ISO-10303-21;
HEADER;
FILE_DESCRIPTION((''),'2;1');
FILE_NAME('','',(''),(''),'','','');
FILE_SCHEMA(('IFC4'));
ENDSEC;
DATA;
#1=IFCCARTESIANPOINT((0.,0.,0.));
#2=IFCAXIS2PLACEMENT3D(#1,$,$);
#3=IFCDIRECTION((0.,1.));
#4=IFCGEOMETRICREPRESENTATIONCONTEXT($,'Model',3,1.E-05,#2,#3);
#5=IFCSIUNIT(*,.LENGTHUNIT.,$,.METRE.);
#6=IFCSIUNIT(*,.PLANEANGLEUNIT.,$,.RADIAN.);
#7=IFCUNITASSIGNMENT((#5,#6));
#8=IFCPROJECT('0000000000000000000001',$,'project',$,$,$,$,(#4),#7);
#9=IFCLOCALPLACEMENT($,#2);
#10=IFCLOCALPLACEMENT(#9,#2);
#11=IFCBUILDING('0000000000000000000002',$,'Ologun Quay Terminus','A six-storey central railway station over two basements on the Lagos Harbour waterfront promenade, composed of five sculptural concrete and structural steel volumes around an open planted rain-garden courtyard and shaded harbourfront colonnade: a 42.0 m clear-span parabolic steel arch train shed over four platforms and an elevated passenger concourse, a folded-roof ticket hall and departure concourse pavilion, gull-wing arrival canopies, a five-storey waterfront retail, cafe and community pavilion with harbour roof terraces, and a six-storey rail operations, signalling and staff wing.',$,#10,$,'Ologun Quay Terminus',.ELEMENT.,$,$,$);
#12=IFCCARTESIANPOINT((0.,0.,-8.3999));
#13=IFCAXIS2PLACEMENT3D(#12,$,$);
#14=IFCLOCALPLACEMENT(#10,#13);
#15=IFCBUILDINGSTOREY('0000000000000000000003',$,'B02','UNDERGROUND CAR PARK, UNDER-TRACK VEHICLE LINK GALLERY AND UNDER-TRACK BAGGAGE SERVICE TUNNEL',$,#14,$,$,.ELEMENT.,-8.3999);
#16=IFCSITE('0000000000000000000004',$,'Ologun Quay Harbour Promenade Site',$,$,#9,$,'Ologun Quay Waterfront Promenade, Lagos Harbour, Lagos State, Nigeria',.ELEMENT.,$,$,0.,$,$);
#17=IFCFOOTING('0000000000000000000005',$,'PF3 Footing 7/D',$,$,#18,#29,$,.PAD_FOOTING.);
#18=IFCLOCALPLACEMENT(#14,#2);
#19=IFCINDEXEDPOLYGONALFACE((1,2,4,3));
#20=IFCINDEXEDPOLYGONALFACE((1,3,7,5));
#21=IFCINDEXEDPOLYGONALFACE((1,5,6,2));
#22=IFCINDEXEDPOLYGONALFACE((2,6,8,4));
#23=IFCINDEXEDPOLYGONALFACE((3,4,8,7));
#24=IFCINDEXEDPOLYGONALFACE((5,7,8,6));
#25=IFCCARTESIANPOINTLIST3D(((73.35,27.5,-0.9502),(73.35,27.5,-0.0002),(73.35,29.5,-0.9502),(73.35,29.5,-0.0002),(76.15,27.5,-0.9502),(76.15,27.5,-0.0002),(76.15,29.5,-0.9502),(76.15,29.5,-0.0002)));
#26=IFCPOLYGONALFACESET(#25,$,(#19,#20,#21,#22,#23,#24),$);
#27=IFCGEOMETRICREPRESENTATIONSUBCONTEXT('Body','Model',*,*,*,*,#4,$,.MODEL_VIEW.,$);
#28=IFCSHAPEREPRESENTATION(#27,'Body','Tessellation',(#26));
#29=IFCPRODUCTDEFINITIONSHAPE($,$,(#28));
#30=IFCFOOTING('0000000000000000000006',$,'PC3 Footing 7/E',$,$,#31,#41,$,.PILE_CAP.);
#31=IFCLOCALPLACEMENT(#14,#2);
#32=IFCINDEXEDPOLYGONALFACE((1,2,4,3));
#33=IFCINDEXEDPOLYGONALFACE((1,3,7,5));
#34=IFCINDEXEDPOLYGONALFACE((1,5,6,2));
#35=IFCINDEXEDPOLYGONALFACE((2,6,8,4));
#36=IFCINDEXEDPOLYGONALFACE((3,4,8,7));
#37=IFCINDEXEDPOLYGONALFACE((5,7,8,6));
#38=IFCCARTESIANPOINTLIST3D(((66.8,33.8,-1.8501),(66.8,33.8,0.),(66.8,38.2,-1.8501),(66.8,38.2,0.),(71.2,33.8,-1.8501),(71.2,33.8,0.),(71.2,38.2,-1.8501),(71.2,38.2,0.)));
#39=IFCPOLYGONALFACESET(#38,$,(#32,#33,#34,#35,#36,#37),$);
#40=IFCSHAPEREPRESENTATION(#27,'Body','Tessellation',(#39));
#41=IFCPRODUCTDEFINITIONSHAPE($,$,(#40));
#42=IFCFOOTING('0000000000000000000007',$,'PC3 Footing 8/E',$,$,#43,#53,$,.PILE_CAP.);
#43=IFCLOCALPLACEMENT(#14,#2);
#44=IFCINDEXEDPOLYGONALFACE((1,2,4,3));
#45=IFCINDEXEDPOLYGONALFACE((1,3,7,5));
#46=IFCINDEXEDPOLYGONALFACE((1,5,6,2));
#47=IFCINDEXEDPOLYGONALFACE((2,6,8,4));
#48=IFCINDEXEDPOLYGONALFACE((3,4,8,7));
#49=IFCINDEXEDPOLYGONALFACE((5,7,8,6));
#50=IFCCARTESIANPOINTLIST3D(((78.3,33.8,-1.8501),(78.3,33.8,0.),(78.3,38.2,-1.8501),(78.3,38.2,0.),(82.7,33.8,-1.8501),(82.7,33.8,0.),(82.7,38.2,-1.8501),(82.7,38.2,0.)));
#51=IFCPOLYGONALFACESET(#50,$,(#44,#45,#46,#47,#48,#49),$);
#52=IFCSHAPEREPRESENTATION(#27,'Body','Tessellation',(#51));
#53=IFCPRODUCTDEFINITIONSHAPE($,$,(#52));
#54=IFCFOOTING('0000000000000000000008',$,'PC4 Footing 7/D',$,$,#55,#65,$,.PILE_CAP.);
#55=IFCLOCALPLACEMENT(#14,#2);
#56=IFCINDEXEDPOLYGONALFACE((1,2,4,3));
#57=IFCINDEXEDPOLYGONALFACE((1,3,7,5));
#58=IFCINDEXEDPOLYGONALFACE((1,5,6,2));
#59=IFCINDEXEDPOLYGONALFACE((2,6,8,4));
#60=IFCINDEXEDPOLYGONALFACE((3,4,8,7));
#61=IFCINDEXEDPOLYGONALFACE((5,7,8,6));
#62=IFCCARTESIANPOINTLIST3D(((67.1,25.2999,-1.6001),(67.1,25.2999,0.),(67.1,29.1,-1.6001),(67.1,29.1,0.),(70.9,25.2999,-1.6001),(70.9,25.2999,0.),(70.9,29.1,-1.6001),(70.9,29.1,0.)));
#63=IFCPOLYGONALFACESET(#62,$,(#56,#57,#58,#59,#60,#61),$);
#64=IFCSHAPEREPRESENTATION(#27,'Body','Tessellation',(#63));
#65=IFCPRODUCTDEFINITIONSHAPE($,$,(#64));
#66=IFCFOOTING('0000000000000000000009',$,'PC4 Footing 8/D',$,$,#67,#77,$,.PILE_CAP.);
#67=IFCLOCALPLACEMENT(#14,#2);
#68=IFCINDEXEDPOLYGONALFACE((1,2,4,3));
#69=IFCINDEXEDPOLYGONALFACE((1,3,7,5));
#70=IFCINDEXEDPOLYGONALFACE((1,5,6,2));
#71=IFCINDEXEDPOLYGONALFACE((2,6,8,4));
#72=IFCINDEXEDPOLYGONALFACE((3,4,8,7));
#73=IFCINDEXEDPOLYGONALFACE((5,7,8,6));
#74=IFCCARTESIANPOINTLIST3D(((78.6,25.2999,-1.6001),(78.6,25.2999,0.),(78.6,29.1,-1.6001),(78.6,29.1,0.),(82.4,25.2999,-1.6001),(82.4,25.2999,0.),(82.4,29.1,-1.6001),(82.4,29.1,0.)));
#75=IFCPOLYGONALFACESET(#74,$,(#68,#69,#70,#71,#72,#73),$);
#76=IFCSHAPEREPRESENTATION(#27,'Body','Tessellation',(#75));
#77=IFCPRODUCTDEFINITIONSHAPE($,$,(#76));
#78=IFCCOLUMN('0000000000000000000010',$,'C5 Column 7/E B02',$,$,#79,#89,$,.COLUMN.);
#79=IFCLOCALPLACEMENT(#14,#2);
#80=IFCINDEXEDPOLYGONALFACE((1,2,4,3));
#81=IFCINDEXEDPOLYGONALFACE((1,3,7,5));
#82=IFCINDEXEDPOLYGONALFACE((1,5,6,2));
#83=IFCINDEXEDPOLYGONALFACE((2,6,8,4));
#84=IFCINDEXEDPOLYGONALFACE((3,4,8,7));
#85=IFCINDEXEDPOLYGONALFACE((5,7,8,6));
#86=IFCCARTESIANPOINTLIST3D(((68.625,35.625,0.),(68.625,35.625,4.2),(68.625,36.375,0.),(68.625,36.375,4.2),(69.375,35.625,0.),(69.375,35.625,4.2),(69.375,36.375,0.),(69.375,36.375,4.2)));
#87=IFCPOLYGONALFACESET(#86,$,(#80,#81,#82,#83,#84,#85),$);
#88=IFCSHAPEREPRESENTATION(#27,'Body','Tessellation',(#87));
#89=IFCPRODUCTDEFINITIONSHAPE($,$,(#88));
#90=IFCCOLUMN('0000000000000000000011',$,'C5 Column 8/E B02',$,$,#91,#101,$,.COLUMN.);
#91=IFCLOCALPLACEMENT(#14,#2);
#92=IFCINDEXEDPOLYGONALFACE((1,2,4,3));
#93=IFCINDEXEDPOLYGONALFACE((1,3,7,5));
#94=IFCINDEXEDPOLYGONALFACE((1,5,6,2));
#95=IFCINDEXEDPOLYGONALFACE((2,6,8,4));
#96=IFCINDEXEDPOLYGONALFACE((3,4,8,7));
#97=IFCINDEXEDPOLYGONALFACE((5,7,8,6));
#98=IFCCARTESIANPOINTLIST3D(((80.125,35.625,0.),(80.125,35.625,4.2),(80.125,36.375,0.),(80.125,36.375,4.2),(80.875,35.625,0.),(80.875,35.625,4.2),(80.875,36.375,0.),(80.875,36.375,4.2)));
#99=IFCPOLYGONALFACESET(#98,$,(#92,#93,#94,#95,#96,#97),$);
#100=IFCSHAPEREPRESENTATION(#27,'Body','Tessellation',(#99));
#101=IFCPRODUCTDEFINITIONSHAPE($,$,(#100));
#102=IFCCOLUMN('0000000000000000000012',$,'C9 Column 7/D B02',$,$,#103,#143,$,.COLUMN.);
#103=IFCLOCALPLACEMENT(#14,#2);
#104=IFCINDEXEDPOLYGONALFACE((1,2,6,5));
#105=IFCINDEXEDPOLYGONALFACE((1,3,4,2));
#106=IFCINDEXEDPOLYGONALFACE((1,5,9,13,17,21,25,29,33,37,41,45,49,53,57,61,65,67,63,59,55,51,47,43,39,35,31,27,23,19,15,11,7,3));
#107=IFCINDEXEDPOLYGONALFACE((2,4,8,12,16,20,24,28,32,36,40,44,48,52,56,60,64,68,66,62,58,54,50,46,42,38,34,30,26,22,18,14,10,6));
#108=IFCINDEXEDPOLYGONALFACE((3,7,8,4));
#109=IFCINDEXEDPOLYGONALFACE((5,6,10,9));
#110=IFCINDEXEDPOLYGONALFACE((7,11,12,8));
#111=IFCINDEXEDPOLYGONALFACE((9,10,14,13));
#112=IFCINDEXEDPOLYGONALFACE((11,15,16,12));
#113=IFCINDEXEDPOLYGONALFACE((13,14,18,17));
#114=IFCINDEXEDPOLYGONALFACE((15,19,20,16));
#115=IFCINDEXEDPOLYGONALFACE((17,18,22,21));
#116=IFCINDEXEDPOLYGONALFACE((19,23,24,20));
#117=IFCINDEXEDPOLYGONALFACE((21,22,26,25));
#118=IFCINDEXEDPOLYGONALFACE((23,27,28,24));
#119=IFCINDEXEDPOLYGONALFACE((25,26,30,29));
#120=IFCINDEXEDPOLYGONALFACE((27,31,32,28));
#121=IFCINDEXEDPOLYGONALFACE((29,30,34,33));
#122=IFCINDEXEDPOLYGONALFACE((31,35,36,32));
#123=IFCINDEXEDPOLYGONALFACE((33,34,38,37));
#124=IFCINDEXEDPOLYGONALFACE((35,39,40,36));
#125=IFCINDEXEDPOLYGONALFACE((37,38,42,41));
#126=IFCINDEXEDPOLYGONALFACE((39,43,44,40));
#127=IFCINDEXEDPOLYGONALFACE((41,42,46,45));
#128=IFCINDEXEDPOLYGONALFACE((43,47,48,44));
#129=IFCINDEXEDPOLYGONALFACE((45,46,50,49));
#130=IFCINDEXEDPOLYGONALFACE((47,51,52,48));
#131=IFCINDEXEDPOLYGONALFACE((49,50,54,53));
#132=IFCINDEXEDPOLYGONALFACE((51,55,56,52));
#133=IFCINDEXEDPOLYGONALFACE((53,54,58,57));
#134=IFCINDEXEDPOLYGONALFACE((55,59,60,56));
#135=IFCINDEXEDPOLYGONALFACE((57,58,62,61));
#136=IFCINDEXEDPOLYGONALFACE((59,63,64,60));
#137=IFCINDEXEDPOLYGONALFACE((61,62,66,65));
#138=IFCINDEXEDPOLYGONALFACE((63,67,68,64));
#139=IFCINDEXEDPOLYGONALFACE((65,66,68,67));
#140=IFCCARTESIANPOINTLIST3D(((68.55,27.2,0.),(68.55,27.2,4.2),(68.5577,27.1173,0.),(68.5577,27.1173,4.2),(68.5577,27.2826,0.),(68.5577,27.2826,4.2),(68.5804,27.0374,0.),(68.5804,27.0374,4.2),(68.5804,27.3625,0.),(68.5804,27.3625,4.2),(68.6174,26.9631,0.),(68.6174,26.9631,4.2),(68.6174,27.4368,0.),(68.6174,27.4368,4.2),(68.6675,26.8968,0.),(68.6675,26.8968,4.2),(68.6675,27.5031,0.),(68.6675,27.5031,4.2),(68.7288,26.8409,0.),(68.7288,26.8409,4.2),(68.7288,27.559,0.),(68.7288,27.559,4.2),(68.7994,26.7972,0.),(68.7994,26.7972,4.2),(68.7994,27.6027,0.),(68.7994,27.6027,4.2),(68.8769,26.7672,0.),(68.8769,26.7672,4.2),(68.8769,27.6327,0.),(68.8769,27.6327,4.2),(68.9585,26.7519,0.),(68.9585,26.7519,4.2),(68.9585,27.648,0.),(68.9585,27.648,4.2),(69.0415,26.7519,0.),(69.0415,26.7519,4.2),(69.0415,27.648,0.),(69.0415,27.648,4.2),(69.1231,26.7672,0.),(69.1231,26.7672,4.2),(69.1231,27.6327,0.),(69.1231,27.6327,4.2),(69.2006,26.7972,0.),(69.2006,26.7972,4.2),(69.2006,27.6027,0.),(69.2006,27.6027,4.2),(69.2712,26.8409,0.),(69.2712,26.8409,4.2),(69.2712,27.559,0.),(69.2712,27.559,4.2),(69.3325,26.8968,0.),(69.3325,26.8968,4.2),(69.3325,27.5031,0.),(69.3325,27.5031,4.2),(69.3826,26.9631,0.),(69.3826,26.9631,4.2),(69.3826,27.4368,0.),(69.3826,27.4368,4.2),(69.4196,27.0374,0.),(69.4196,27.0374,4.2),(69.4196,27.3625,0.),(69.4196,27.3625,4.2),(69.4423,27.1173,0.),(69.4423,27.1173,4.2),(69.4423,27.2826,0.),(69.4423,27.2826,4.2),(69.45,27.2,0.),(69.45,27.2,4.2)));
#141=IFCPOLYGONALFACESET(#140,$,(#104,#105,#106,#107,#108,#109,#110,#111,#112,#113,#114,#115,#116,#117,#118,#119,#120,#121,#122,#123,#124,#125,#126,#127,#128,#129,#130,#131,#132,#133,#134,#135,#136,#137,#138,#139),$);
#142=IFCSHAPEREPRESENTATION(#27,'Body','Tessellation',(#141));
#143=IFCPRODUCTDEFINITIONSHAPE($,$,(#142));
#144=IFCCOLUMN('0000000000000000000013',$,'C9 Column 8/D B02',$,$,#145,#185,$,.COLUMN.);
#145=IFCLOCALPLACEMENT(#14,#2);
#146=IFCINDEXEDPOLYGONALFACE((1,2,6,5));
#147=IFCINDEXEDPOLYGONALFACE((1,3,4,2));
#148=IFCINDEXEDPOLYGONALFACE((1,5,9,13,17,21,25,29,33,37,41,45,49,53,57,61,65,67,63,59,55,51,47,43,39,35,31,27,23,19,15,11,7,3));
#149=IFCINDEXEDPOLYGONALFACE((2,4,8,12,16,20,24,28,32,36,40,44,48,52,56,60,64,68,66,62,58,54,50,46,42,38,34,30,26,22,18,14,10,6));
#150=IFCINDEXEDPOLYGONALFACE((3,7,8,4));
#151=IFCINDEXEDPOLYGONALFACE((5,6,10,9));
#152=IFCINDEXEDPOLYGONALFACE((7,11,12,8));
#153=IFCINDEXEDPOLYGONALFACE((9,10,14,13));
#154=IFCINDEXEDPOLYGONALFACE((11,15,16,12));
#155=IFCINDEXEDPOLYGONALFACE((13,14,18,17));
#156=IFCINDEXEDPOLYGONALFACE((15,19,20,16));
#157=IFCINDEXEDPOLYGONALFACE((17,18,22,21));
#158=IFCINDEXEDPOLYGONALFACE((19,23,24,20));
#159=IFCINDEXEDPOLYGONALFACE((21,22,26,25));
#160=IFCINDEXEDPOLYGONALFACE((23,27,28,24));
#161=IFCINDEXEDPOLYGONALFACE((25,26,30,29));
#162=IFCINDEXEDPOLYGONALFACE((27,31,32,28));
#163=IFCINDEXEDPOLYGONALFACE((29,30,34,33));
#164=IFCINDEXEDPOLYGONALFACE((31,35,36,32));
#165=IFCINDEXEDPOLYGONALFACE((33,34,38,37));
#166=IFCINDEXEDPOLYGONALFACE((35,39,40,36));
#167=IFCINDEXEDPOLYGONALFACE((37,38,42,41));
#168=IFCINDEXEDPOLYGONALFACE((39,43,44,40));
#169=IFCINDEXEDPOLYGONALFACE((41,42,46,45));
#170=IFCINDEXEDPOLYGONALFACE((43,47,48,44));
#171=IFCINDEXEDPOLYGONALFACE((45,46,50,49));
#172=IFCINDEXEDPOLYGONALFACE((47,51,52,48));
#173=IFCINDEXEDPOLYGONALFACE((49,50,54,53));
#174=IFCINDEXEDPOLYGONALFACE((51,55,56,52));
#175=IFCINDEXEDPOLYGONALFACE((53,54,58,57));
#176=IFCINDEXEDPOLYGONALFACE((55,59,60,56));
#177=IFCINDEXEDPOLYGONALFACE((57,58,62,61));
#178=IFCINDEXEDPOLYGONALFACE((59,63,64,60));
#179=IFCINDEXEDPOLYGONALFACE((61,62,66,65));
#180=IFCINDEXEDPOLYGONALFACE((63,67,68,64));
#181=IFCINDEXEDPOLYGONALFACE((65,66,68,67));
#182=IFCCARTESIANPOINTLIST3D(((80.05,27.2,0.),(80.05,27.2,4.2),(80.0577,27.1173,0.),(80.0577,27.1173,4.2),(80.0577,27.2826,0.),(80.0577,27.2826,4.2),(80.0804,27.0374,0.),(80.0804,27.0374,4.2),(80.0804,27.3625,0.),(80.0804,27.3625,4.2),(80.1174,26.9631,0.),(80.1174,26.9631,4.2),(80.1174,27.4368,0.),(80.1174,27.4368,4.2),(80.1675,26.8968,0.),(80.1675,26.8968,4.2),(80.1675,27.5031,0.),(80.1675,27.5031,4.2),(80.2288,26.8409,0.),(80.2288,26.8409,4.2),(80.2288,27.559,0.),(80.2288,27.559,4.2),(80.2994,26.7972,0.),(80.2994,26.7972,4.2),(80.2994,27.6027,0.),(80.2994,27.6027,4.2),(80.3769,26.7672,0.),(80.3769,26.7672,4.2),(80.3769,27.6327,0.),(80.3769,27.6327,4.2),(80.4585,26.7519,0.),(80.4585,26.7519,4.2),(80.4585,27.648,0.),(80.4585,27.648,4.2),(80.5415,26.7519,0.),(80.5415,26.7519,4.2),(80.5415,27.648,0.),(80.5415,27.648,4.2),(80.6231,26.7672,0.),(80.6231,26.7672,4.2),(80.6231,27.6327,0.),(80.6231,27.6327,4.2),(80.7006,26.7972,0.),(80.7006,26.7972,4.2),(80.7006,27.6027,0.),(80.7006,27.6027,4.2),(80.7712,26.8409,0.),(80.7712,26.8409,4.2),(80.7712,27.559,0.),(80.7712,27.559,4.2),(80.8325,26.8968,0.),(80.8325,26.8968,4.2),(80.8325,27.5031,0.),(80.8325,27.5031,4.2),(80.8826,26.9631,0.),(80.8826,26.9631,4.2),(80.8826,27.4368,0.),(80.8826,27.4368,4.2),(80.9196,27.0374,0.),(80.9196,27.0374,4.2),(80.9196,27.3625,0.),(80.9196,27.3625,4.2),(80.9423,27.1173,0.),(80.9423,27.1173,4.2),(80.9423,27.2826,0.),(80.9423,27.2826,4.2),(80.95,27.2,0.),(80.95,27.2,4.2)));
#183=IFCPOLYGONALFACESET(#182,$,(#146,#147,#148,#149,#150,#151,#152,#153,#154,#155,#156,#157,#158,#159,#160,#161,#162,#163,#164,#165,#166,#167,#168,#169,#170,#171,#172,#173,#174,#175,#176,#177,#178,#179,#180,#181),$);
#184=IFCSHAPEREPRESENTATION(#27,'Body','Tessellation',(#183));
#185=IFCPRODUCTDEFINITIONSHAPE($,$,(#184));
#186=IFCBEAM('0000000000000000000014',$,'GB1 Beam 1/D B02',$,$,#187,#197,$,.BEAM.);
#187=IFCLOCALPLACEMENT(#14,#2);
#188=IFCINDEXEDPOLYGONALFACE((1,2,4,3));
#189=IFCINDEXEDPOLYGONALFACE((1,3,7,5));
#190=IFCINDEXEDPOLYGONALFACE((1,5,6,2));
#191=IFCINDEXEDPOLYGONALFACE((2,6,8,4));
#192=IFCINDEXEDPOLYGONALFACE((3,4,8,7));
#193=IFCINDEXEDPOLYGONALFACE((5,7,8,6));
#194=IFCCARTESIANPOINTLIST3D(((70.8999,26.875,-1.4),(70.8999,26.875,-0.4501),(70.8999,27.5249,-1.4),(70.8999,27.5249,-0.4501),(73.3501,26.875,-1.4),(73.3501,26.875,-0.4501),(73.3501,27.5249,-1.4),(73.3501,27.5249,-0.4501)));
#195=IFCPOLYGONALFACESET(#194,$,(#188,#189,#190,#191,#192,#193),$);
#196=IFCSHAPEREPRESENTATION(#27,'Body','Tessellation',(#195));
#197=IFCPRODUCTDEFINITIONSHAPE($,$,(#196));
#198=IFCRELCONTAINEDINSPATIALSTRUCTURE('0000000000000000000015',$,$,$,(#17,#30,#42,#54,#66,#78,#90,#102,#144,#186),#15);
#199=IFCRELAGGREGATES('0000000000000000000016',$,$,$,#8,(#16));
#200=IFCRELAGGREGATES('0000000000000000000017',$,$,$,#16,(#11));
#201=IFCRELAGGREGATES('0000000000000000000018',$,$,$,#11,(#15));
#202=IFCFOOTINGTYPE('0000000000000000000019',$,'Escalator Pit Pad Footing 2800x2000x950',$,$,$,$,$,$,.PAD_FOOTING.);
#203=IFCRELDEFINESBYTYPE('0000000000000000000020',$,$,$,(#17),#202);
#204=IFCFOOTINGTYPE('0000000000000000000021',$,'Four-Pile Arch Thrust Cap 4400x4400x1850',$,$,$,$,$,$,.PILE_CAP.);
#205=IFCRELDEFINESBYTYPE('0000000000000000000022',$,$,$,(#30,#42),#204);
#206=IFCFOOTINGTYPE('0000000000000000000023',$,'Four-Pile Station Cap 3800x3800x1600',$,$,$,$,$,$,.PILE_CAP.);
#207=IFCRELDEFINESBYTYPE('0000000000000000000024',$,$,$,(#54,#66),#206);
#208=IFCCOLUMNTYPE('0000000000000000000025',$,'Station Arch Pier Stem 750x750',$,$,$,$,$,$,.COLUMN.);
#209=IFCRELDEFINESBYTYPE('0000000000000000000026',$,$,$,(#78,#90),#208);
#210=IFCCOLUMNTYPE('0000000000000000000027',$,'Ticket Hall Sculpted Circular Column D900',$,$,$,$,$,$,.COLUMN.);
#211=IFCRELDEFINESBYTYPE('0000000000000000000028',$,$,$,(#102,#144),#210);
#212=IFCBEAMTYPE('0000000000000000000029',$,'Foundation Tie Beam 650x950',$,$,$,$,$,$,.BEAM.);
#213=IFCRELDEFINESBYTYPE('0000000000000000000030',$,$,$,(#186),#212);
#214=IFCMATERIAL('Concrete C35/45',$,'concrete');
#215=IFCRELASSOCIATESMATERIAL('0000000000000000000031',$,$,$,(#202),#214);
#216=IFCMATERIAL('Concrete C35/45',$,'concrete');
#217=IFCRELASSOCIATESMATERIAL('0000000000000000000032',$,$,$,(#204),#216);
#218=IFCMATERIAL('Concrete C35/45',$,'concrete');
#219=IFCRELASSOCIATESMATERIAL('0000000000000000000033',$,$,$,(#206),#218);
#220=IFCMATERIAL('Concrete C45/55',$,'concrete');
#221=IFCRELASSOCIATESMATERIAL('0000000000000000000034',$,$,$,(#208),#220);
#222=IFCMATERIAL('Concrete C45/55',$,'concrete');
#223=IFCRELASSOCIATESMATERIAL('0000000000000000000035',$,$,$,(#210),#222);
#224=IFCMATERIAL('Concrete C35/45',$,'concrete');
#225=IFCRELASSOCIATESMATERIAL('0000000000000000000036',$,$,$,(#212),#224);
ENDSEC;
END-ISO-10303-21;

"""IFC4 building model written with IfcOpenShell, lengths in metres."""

from ifc_helpers import new_model, si_unit, direction, frame, origin, origin_2d, place, context, subcontext, project, spatial, rectangle, circle, extrude, material, material_profile, profile_set, type_object, element, save


model = new_model("IFC4")

# Units and contexts
model_context = context("Model", 3, precision=1e-05, world=origin(), true_north=direction((0.0, 1.0)))
body_context = subcontext(model_context, "Body", "Model", "MODEL_VIEW")
ifc_project = project(units=[si_unit("LENGTHUNIT", "METRE"), si_unit("PLANEANGLEUNIT", "RADIAN")], contexts=[model_context])

# Site, building, storey
site_placement = place(None, origin())
site = spatial("IfcSite", under=ifc_project, at=site_placement, Name="Ologun Quay Harbour Promenade Site", LongName="Ologun Quay Waterfront Promenade, Lagos Harbour, Lagos State, Nigeria", CompositionType="ELEMENT", RefElevation=0.0)
building_placement = place(site_placement, origin())
building = spatial("IfcBuilding", under=site, at=building_placement, Name="Ologun Quay Terminus", Description="A six-storey central railway station over two basements on the Lagos Harbour waterfront promenade, composed of five sculptural concrete and structural steel volumes around an open planted rain-garden courtyard and shaded harbourfront colonnade: a 42.0 m clear-span parabolic steel arch train shed over four platforms and an elevated passenger concourse, a folded-roof ticket hall and departure concourse pavilion, gull-wing arrival canopies, a five-storey waterfront retail, cafe and community pavilion with harbour roof terraces, and a six-storey rail operations, signalling and staff wing.", LongName="Ologun Quay Terminus", CompositionType="ELEMENT")
storey_placement = place(building_placement, frame((0.0, 0.0, -8.3999)))
storey = spatial("IfcBuildingStorey", under=building, at=storey_placement, Name="B02", Description="UNDERGROUND CAR PARK, UNDER-TRACK VEHICLE LINK GALLERY AND UNDER-TRACK BAGGAGE SERVICE TUNNEL", CompositionType="ELEMENT", Elevation=-8.3999)

# Footings
ifc_material_1 = material(Name="Concrete C35/45", Category="concrete")
footing_type_1 = type_object("IfcFootingType", Name="Escalator Pit Pad Footing 2800x2000x950", PredefinedType="PAD_FOOTING", material=ifc_material_1)
footing_placement = place(storey_placement, frame((74.75, 28.5, -0.9502), z_axis=(0.0, 0.0, 1.0), x_axis=(1.0, 0.0, 0.0)))
element("IfcFooting", 1, at=footing_placement, inside=storey, type_object=footing_type_1, Name="PF3 Footing 7/D", PredefinedType="PAD_FOOTING", context=body_context, shape_type="SweptSolid", body=[
    extrude(rectangle(XDim=2.8, YDim=2.0, at=origin_2d()), origin(), (0.0, 0.0, 1.0), 0.95),
])
ifc_material_2 = material(Name="Concrete C35/45", Category="concrete")
footing_type_2 = type_object("IfcFootingType", Name="Four-Pile Arch Thrust Cap 4400x4400x1850", PredefinedType="PILE_CAP", material=ifc_material_2)
for number, where, z_axis, x_axis, name in (
    (2, (69.0, 36.0, -1.8501), (0.0, 0.0, 1.0), (1.0, 0.0, 0.0), "PC3 Footing 7/E"),
    (3, (80.5, 36.0, -1.8501), (0.0, 0.0, 1.0), (1.0, 0.0, 0.0), "PC3 Footing 8/E"),
):
    element("IfcFooting", number, at=place(storey_placement, frame(where, z_axis=z_axis, x_axis=x_axis)), inside=storey, type_object=footing_type_2, Name=name, PredefinedType="PILE_CAP", context=body_context, shape_type="SweptSolid", body=[
        extrude(rectangle(XDim=4.3999, YDim=4.3999, at=origin_2d()), origin(), (0.0, 0.0, 1.0), 1.8501),
    ])
ifc_material_3 = material(Name="Concrete C35/45", Category="concrete")
footing_type_3 = type_object("IfcFootingType", Name="Four-Pile Station Cap 3800x3800x1600", PredefinedType="PILE_CAP", material=ifc_material_3)
for number, where, z_axis, x_axis, name in (
    (4, (69.0, 27.2, -1.6001), (0.0, 0.0, 1.0), (1.0, 0.0, 0.0), "PC4 Footing 7/D"),
    (5, (80.5, 27.2, -1.6001), (0.0, 0.0, 1.0), (1.0, 0.0, 0.0), "PC4 Footing 8/D"),
):
    element("IfcFooting", number, at=place(storey_placement, frame(where, z_axis=z_axis, x_axis=x_axis)), inside=storey, type_object=footing_type_3, Name=name, PredefinedType="PILE_CAP", context=body_context, shape_type="SweptSolid", body=[
        extrude(rectangle(XDim=3.8, YDim=3.8, at=origin_2d()), origin(), (0.0, 0.0, 1.0), 1.6001),
    ])

# Columns
ifc_material_4 = material(Name="Concrete C45/55", Category="concrete")
ifc_material_profile_1 = material_profile(ifc_material_4, rectangle(XDim=0.75, YDim=0.75, at=origin_2d()), Name="RC 750x750")
ifc_profile_set_1 = profile_set([ifc_material_profile_1], Name="Concrete C45/55")
column_type_1 = type_object("IfcColumnType", Name="Station Arch Pier Stem 750x750", PredefinedType="COLUMN", material=ifc_profile_set_1)
for number, where, z_axis, x_axis, name in (
    (6, (69.0, 36.0, 0.0), (0.0, 0.0, 1.0), (1.0, 0.0, 0.0), "C5 Column 7/E B02"),
    (7, (80.5, 36.0, 0.0), (0.0, 0.0, 1.0), (1.0, 0.0, 0.0), "C5 Column 8/E B02"),
):
    element("IfcColumn", number, at=place(storey_placement, frame(where, z_axis=z_axis, x_axis=x_axis)), inside=storey, type_object=column_type_1, Name=name, PredefinedType="COLUMN", context=body_context, shape_type="SweptSolid", body=[
        extrude(rectangle(XDim=0.75, YDim=0.75, at=origin_2d()), origin(), (0.0, 0.0, 1.0), 4.2),
    ])
ifc_material_5 = material(Name="Concrete C45/55", Category="concrete")
ifc_material_profile_2 = material_profile(ifc_material_5, circle(Radius=0.45, at=origin_2d()), Name="RC D900")
ifc_profile_set_2 = profile_set([ifc_material_profile_2], Name="Concrete C45/55")
column_type_2 = type_object("IfcColumnType", Name="Ticket Hall Sculpted Circular Column D900", PredefinedType="COLUMN", material=ifc_profile_set_2)
for number, where, z_axis, x_axis, name in (
    (8, (69.0, 27.2, 0.0), (0.0, 0.0, 1.0), (1.0, 0.0, 0.0), "C9 Column 7/D B02"),
    (9, (80.5, 27.2, 0.0), (0.0, 0.0, 1.0), (1.0, 0.0, 0.0), "C9 Column 8/D B02"),
):
    element("IfcColumn", number, at=place(storey_placement, frame(where, z_axis=z_axis, x_axis=x_axis)), inside=storey, type_object=column_type_2, Name=name, PredefinedType="COLUMN", context=body_context, shape_type="SweptSolid", body=[
        extrude(circle(Radius=0.45, at=origin_2d()), origin(), (0.0, 0.0, 1.0), 4.2),
    ])

# Beam
ifc_material_6 = material(Name="Concrete C35/45", Category="concrete")
ifc_material_profile_3 = material_profile(ifc_material_6, rectangle(XDim=0.6499, YDim=0.95, at=origin_2d()), Name="RC 650x950")
ifc_profile_set_3 = profile_set([ifc_material_profile_3], Name="Concrete C35/45")
beam_type_1 = type_object("IfcBeamType", Name="Foundation Tie Beam 650x950", PredefinedType="BEAM", material=ifc_profile_set_3)
for number, where, z_axis, x_axis, name in (
    (10, (70.8999, 27.2, -0.925), (1.0, 0.0, 0.0), (0.0, 1.0, 0.0), "GB1 Beam 1/D B02"),
):
    element("IfcBeam", number, at=place(storey_placement, frame(where, z_axis=z_axis, x_axis=x_axis)), inside=storey, type_object=beam_type_1, Name=name, PredefinedType="BEAM", context=body_context, shape_type="SweptSolid", body=[
        extrude(rectangle(XDim=0.6499, YDim=0.95, at=origin_2d()), origin(), (0.0, 0.0, 1.0), 2.4502),
    ])

save(model, "model.ifc")
